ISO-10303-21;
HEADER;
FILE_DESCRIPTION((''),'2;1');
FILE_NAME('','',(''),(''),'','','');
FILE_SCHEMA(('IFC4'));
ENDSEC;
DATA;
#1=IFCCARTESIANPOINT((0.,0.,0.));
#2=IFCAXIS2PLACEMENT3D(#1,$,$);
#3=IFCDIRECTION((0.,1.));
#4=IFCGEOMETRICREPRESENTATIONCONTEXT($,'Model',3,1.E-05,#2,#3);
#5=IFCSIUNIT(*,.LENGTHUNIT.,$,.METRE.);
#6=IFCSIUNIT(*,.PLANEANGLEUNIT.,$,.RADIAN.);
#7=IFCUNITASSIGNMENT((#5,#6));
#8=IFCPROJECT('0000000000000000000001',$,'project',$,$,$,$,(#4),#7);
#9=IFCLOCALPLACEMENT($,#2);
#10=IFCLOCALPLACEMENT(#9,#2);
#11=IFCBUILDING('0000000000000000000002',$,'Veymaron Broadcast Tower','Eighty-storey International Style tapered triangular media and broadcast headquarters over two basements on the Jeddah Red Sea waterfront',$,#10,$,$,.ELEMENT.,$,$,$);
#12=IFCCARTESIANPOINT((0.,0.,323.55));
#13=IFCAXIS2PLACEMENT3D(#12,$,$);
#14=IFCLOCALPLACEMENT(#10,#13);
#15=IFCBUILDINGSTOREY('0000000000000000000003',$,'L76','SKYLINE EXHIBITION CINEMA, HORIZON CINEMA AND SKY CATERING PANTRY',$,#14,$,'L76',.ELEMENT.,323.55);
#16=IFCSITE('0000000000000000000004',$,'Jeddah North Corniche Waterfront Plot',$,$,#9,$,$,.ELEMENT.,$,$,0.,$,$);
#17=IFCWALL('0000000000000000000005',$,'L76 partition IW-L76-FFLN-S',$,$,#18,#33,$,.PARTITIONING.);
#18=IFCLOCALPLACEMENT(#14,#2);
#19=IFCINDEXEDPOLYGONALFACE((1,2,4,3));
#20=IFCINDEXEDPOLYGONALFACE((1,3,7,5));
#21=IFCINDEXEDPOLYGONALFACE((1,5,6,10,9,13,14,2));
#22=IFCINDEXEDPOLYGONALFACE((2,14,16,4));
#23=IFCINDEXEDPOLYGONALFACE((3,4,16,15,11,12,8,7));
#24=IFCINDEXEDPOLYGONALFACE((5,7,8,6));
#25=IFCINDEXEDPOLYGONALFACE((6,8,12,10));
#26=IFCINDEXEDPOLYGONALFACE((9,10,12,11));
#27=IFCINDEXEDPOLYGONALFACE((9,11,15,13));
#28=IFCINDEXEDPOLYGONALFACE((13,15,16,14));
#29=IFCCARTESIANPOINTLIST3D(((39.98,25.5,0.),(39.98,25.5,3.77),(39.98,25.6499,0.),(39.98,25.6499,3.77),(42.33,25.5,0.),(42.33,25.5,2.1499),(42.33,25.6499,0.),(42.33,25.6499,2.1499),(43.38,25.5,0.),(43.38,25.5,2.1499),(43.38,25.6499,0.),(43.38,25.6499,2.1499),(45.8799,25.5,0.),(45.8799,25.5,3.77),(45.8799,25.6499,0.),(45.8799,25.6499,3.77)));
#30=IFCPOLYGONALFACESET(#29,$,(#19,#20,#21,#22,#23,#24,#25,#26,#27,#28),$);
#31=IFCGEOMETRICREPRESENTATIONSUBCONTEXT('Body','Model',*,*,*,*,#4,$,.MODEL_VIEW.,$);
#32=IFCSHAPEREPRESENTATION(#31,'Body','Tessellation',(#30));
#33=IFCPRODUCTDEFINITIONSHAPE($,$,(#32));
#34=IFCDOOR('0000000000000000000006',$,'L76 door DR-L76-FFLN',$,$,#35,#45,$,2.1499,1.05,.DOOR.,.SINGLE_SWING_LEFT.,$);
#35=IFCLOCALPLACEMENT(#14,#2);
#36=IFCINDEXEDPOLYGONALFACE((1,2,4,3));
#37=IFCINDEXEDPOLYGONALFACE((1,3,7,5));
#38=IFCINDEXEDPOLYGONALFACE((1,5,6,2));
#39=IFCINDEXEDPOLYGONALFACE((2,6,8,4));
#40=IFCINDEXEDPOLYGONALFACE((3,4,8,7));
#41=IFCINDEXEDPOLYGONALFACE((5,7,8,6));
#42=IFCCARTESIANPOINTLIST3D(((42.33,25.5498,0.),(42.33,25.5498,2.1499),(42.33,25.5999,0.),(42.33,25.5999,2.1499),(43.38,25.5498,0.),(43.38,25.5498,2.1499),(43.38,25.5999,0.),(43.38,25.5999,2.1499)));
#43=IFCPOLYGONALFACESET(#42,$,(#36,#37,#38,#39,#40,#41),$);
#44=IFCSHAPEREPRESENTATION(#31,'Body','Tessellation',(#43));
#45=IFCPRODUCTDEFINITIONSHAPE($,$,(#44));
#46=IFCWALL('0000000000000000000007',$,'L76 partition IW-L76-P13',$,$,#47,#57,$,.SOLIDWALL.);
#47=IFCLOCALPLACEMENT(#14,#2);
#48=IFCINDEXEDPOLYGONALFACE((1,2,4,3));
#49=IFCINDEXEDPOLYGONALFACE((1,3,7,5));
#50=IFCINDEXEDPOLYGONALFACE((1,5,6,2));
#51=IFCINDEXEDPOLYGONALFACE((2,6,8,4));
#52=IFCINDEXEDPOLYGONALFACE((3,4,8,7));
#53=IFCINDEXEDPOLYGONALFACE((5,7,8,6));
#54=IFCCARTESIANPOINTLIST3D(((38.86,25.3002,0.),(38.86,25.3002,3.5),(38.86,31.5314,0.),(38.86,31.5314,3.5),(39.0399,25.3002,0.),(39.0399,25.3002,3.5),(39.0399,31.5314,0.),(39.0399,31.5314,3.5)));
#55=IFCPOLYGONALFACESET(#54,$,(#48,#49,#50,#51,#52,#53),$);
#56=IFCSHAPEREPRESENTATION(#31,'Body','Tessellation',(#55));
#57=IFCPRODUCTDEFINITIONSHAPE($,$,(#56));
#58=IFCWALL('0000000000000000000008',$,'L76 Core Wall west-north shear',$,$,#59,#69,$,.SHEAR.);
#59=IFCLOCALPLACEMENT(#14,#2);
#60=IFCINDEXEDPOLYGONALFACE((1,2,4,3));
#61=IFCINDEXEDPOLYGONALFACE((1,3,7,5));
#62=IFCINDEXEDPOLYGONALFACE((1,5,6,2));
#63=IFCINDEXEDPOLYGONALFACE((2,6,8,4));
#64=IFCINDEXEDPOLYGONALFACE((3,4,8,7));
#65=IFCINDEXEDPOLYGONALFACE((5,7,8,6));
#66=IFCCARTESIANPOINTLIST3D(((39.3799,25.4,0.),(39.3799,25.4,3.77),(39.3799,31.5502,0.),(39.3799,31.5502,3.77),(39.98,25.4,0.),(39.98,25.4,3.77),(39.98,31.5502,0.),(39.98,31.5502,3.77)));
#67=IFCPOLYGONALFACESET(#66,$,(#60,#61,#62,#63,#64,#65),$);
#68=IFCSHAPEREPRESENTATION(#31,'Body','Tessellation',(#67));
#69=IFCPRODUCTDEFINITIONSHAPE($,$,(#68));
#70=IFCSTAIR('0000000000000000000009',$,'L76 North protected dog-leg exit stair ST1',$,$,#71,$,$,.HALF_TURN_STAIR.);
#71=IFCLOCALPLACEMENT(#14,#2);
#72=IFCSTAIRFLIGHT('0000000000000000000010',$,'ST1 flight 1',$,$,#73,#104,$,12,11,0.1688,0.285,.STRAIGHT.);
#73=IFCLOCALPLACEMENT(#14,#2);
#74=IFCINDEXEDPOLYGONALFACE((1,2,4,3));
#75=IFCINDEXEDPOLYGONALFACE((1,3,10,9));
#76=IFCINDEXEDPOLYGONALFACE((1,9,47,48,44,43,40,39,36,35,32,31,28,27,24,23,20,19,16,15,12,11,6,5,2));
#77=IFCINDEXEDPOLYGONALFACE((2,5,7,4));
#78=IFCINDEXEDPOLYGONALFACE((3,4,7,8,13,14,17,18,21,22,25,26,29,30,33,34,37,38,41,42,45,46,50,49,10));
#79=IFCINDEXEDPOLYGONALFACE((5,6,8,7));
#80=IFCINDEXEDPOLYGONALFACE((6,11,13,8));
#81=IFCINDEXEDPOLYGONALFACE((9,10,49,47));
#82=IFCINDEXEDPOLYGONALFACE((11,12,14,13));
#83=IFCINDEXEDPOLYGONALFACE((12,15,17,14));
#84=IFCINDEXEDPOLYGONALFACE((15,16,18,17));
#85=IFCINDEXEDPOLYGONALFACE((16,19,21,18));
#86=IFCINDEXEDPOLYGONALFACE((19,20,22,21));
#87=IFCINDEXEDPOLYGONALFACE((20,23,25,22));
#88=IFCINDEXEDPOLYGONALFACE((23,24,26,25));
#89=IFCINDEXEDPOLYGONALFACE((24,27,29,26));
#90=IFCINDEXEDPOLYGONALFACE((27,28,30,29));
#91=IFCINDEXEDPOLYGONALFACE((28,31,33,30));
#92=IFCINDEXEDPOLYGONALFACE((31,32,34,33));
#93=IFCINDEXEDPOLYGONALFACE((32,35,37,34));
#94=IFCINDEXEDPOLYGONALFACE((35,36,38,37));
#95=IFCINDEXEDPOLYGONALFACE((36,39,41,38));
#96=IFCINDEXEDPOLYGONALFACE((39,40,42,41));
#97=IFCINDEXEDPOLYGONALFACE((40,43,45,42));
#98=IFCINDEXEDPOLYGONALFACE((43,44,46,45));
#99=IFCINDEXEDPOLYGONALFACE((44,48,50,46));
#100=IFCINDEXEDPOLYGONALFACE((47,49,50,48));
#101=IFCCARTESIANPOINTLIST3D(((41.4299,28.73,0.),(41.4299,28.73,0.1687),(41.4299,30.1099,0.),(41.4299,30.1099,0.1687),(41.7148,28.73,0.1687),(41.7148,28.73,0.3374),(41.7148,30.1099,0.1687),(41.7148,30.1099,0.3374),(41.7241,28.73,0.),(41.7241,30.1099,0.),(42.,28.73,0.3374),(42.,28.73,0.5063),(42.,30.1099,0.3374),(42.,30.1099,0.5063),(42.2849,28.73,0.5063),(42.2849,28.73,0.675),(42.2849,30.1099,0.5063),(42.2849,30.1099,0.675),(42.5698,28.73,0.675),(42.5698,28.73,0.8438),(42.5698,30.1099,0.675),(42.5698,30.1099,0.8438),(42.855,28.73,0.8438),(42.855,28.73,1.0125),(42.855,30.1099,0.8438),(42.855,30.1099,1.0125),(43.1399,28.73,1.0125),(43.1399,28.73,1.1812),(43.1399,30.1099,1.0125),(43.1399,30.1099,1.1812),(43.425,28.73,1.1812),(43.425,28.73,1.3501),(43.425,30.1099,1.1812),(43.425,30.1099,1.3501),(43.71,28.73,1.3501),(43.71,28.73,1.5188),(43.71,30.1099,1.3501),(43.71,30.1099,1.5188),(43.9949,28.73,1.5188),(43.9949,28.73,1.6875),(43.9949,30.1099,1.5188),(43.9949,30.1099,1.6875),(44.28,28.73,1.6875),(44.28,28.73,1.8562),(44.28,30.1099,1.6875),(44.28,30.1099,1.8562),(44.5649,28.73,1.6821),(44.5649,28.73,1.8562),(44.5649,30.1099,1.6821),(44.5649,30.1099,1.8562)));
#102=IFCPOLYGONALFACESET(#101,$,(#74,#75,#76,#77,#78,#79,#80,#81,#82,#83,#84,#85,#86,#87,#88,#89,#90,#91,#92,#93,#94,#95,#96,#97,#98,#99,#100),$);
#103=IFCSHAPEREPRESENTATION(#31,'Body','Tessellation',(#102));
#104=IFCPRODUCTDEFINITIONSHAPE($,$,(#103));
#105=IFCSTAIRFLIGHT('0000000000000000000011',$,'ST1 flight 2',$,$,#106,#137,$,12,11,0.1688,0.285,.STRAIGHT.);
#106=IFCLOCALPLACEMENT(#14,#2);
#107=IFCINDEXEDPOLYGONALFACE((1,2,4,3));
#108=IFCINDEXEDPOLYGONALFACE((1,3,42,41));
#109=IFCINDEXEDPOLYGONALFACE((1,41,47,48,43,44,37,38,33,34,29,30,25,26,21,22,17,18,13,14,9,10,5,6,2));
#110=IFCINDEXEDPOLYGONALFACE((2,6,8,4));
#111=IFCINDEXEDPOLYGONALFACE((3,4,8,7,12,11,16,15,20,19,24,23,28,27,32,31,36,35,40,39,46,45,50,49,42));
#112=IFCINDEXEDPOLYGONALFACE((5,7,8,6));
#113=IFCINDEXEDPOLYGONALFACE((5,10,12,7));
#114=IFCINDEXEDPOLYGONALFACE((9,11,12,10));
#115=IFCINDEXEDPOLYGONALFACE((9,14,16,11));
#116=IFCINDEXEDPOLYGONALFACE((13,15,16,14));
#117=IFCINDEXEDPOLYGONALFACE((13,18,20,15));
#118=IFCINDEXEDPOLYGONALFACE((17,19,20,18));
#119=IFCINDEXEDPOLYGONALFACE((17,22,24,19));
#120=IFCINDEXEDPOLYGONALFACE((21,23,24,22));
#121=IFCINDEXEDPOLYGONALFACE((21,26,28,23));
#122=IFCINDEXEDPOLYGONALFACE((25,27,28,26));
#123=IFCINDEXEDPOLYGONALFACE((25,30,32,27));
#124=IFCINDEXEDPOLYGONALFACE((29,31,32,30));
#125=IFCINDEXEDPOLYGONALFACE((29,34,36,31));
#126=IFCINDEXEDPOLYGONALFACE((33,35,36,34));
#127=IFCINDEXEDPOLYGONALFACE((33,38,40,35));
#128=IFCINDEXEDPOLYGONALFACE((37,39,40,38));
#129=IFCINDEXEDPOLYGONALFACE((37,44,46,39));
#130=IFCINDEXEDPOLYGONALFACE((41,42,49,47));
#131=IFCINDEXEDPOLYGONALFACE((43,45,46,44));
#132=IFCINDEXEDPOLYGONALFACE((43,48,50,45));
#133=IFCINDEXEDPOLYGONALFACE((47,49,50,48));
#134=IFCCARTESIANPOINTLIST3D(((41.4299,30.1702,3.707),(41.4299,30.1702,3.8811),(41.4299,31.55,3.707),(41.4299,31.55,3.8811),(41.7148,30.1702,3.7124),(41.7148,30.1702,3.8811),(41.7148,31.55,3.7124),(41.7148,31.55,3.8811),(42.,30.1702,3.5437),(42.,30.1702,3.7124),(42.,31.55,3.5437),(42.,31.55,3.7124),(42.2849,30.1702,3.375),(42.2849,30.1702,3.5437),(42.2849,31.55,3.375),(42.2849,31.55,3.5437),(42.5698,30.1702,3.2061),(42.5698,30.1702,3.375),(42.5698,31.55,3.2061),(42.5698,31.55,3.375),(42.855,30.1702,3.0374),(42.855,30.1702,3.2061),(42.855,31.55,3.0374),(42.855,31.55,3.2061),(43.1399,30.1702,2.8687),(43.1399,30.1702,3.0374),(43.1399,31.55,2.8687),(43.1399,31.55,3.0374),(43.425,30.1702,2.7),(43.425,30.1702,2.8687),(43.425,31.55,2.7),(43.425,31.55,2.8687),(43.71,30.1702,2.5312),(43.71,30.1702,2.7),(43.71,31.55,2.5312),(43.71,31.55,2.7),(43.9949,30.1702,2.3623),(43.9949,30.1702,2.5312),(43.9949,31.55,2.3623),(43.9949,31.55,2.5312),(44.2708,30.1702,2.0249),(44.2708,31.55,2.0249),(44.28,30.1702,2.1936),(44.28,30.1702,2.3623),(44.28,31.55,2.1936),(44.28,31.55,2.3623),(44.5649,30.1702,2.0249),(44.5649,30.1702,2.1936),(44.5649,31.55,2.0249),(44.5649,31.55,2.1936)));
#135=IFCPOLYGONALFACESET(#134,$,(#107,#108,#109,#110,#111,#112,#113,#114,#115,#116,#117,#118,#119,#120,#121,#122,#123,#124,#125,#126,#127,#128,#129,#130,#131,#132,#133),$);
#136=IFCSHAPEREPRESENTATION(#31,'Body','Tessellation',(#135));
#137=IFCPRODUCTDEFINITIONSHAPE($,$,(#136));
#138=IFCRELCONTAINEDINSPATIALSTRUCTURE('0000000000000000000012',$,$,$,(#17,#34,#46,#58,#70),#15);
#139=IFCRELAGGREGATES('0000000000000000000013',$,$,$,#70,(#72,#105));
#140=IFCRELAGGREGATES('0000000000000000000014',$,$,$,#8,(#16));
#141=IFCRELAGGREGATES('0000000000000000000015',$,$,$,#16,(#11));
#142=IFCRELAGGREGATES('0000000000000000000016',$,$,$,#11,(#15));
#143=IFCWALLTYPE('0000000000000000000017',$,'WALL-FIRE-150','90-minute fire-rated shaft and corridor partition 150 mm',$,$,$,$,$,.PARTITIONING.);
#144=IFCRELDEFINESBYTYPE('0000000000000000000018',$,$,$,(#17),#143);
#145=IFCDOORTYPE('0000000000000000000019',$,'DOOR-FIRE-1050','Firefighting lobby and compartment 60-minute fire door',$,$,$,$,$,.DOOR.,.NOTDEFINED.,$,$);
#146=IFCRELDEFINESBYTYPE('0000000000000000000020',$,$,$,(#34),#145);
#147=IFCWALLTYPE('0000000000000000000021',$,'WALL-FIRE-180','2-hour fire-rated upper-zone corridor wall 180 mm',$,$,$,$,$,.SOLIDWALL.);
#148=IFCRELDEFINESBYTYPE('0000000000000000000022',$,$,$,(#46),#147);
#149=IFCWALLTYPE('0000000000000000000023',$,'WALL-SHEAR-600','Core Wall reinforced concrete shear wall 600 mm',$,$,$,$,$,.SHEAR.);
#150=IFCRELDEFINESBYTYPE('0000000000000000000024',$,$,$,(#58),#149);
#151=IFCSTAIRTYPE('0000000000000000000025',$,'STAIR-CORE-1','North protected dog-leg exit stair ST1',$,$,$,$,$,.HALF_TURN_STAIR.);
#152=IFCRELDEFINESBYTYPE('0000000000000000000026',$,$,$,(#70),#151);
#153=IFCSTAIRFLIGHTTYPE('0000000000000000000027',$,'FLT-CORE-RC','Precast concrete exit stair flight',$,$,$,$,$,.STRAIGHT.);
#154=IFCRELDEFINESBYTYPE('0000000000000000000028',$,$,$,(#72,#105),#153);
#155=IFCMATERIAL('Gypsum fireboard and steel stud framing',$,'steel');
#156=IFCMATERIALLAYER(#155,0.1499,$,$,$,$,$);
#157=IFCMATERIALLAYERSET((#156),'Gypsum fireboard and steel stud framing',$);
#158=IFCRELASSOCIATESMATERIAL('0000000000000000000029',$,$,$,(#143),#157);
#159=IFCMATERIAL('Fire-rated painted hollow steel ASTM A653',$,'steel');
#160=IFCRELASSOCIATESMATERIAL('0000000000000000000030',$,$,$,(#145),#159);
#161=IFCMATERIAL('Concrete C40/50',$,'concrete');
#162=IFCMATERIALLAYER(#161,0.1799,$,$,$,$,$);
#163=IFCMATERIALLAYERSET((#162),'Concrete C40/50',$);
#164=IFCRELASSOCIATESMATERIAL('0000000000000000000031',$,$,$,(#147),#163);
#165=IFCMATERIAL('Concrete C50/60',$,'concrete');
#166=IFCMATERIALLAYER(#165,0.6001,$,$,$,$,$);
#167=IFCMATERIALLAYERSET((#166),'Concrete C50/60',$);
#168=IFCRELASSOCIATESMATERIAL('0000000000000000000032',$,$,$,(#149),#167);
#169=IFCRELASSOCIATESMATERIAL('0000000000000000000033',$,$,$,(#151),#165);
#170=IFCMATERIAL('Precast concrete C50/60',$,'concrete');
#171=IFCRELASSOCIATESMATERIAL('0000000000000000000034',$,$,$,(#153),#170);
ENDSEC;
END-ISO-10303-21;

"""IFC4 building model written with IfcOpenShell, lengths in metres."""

from ifc_helpers import new_model, si_unit, direction, frame, frame_2d, origin, place, context, subcontext, project, spatial, polyline, rectangle, outline, extrude, material, layer, layer_set, type_object, element, fill, aggregate, save


model = new_model("IFC4")

# Units and contexts
model_context = context("Model", 3, precision=1e-05, world=origin(), true_north=direction((0.0, 1.0)))
body_context = subcontext(model_context, "Body", "Model", "MODEL_VIEW")
ifc_project = project(units=[si_unit("LENGTHUNIT", "METRE"), si_unit("PLANEANGLEUNIT", "RADIAN")], contexts=[model_context])

# Site, building, storey
site_placement = place(None, origin())
site = spatial("IfcSite", under=ifc_project, at=site_placement, Name="Jeddah North Corniche Waterfront Plot", CompositionType="ELEMENT", RefElevation=0.0)
building_placement = place(site_placement, origin())
building = spatial("IfcBuilding", under=site, at=building_placement, Name="Veymaron Broadcast Tower", Description="Eighty-storey International Style tapered triangular media and broadcast headquarters over two basements on the Jeddah Red Sea waterfront", CompositionType="ELEMENT")
storey_placement = place(building_placement, frame((0.0, 0.0, 323.55)))
storey = spatial("IfcBuildingStorey", under=building, at=storey_placement, Name="L76", Description="SKYLINE EXHIBITION CINEMA, HORIZON CINEMA AND SKY CATERING PANTRY", LongName="L76", CompositionType="ELEMENT", Elevation=323.55)

# Wall, opening, door
ifc_material_1 = material(Name="Gypsum fireboard and steel stud framing", Category="steel")
ifc_layer_1 = layer(ifc_material_1, 0.1499)
ifc_layer_set_1 = layer_set([ifc_layer_1], Name="Gypsum fireboard and steel stud framing")
wall_type_1 = type_object("IfcWallType", Name="WALL-FIRE-150", Description="90-minute fire-rated shaft and corridor partition 150 mm", PredefinedType="PARTITIONING", material=ifc_layer_set_1)
wall_1_placement = place(storey_placement, frame((39.98, 25.575, 0.0), z_axis=(0.0, 0.0, 1.0), x_axis=(1.0, 0.0, 0.0)))
wall_1 = element("IfcWall", 1, at=wall_1_placement, inside=storey, type_object=wall_type_1, Name="L76 partition IW-L76-FFLN-S", PredefinedType="PARTITIONING", context=body_context, shape_type="SweptSolid", body=[
    extrude(rectangle(XDim=5.8999, YDim=0.1499, at=frame_2d((2.95, 0.0))), origin(), (0.0, 0.0, 1.0), 3.77),
])
opening_1_placement = place(wall_1_placement, frame((2.3501, 0.0, 0.0)))
opening_1 = element("IfcOpeningElement", 2, at=opening_1_placement, cuts=wall_1, PredefinedType="OPENING", context=body_context, shape_type="SweptSolid", body=[
    extrude(rectangle(XDim=1.05, YDim=2.1499, at=frame_2d((0.5249, 1.075))), frame((0.0, 0.085, 0.0), z_axis=(0.0, -1.0, 0.0), x_axis=(1.0, 0.0, 0.0)), (0.0, 0.0, 1.0), 0.1699),
])
ifc_material_2 = material(Name="Fire-rated painted hollow steel ASTM A653", Category="steel")
door_type_1 = type_object("IfcDoorType", Name="DOOR-FIRE-1050", Description="Firefighting lobby and compartment 60-minute fire door", OperationType="NOTDEFINED", PredefinedType="DOOR", material=ifc_material_2)
door_1_placement = place(opening_1_placement, origin())
door_1 = element("IfcDoor", 3, at=door_1_placement, inside=storey, type_object=door_type_1, Name="L76 door DR-L76-FFLN", OperationType="SINGLE_SWING_LEFT", OverallHeight=2.1499, OverallWidth=1.05, PredefinedType="DOOR", context=body_context, shape_type="SweptSolid", body=[
    extrude(rectangle(XDim=1.05, YDim=2.1499, at=frame_2d((0.5249, 1.075))), frame((0.0, 0.0249, 0.0), z_axis=(0.0, -1.0, 0.0), x_axis=(1.0, 0.0, 0.0)), (0.0, 0.0, 1.0), 0.05),
])
fill(opening_1, door_1)

# Wall
ifc_material_3 = material(Name="Concrete C40/50", Category="concrete")
ifc_layer_2 = layer(ifc_material_3, 0.1799)
ifc_layer_set_2 = layer_set([ifc_layer_2], Name="Concrete C40/50")
wall_type_2 = type_object("IfcWallType", Name="WALL-FIRE-180", Description="2-hour fire-rated upper-zone corridor wall 180 mm", PredefinedType="SOLIDWALL", material=ifc_layer_set_2)
wall_2_placement = place(storey_placement, frame((38.95, 25.3, 0.0), z_axis=(0.0, 0.0, 1.0), x_axis=(0.0, 1.0, 0.0)))
element("IfcWall", 4, at=wall_2_placement, inside=storey, type_object=wall_type_2, Name="L76 partition IW-L76-P13", PredefinedType="SOLIDWALL", context=body_context, shape_type="SweptSolid", body=[
    extrude(rectangle(XDim=6.2312, YDim=0.1799, at=frame_2d((3.1157, 0.0))), origin(), (0.0, 0.0, 1.0), 3.5),
])

# Shared definitions
ifc_material_4 = material(Name="Concrete C50/60", Category="concrete")

# Wall
ifc_layer_3 = layer(ifc_material_4, 0.6001)
ifc_layer_set_3 = layer_set([ifc_layer_3], Name="Concrete C50/60")
wall_type_3 = type_object("IfcWallType", Name="WALL-SHEAR-600", Description="Core Wall reinforced concrete shear wall 600 mm", PredefinedType="SHEAR", material=ifc_layer_set_3)
wall_3_placement = place(storey_placement, frame((39.6799, 25.3999, 0.0), z_axis=(0.0, 0.0, 1.0), x_axis=(0.0, 1.0, 0.0)))
element("IfcWall", 5, at=wall_3_placement, inside=storey, type_object=wall_type_3, Name="L76 Core Wall west-north shear", PredefinedType="SHEAR", context=body_context, shape_type="SweptSolid", body=[
    extrude(rectangle(XDim=6.1501, YDim=0.6001, at=frame_2d((3.0752, 0.0))), origin(), (0.0, 0.0, 1.0), 3.77),
])

# Stair, stair flights
stair_type = type_object("IfcStairType", Name="STAIR-CORE-1", Description="North protected dog-leg exit stair ST1", PredefinedType="HALF_TURN_STAIR", material=ifc_material_4)
stair_placement = place(storey_placement, origin())
stair = element("IfcStair", 6, at=stair_placement, inside=storey, type_object=stair_type, Name="L76 North protected dog-leg exit stair ST1", PredefinedType="HALF_TURN_STAIR")
ifc_material_5 = material(Name="Precast concrete C50/60", Category="concrete")
stair_flight_type = type_object("IfcStairFlightType", Name="FLT-CORE-RC", Description="Precast concrete exit stair flight", PredefinedType="STRAIGHT", material=ifc_material_5)
stair_flight_1_placement = place(storey_placement, frame((41.4299, 29.4199, 0.0), z_axis=(0.0, 0.0, 1.0), x_axis=(1.0, 0.0, 0.0)))
stair_flight_1 = element("IfcStairFlight", 7, at=stair_flight_1_placement, type_object=stair_flight_type, Name="ST1 flight 1", NumberOfRisers=12, NumberOfTreads=11, PredefinedType="STRAIGHT", RiserHeight=0.1688, TreadLength=0.285, context=body_context, shape_type="SweptSolid", body=[
    extrude(outline(polyline([(0.0, 0.0), (0.0, 0.1687), (0.2849, 0.1687), (0.2849, 0.3374), (0.5701, 0.3374), (0.5701, 0.5063), (0.855, 0.5063), (0.855, 0.675), (1.1399, 0.675), (1.1399, 0.8438), (1.425, 0.8438), (1.425, 1.0125), (1.71, 1.0125), (1.71, 1.1812), (1.9951, 1.1812), (1.9951, 1.3501), (2.28, 1.3501), (2.28, 1.5188), (2.5649, 1.5188), (2.5649, 1.6875), (2.8501, 1.6875), (2.8501, 1.8562), (3.135, 1.8562), (3.135, 2.0249), (3.135, 1.6821), (0.2942, 0.0), (0.0, 0.0)])), frame((0.0, 0.6899, 0.0), z_axis=(0.0, -1.0, 0.0), x_axis=(1.0, 0.0, 0.0)), (0.0, 0.0, 1.0), 1.3799),
])
stair_flight_2_placement = place(storey_placement, frame((44.5649, 30.8601, 2.0249), z_axis=(0.0, 0.0, 1.0), x_axis=(-1.0, 0.0, 0.0)))
stair_flight_2 = element("IfcStairFlight", 8, at=stair_flight_2_placement, type_object=stair_flight_type, Name="ST1 flight 2", NumberOfRisers=12, NumberOfTreads=11, PredefinedType="STRAIGHT", RiserHeight=0.1688, TreadLength=0.285, context=body_context, shape_type="SweptSolid", body=[
    extrude(outline(polyline([(0.0, 0.0), (0.0, 0.1687), (0.2849, 0.1687), (0.2849, 0.3374), (0.5701, 0.3374), (0.5701, 0.5063), (0.855, 0.5063), (0.855, 0.675), (1.1399, 0.675), (1.1399, 0.8438), (1.425, 0.8438), (1.425, 1.0125), (1.71, 1.0125), (1.71, 1.1812), (1.9951, 1.1812), (1.9951, 1.3501), (2.28, 1.3501), (2.28, 1.5188), (2.5649, 1.5188), (2.5649, 1.6875), (2.8501, 1.6875), (2.8501, 1.8562), (3.135, 1.8562), (3.135, 2.0249), (3.135, 1.6821), (0.2942, 0.0), (0.0, 0.0)])), frame((0.0, 0.6899, 0.0), z_axis=(0.0, -1.0, 0.0), x_axis=(1.0, 0.0, 0.0)), (0.0, 0.0, 1.0), 1.3799),
])
aggregate(stair, [stair_flight_1, stair_flight_2])

save(model, "model.ifc")
